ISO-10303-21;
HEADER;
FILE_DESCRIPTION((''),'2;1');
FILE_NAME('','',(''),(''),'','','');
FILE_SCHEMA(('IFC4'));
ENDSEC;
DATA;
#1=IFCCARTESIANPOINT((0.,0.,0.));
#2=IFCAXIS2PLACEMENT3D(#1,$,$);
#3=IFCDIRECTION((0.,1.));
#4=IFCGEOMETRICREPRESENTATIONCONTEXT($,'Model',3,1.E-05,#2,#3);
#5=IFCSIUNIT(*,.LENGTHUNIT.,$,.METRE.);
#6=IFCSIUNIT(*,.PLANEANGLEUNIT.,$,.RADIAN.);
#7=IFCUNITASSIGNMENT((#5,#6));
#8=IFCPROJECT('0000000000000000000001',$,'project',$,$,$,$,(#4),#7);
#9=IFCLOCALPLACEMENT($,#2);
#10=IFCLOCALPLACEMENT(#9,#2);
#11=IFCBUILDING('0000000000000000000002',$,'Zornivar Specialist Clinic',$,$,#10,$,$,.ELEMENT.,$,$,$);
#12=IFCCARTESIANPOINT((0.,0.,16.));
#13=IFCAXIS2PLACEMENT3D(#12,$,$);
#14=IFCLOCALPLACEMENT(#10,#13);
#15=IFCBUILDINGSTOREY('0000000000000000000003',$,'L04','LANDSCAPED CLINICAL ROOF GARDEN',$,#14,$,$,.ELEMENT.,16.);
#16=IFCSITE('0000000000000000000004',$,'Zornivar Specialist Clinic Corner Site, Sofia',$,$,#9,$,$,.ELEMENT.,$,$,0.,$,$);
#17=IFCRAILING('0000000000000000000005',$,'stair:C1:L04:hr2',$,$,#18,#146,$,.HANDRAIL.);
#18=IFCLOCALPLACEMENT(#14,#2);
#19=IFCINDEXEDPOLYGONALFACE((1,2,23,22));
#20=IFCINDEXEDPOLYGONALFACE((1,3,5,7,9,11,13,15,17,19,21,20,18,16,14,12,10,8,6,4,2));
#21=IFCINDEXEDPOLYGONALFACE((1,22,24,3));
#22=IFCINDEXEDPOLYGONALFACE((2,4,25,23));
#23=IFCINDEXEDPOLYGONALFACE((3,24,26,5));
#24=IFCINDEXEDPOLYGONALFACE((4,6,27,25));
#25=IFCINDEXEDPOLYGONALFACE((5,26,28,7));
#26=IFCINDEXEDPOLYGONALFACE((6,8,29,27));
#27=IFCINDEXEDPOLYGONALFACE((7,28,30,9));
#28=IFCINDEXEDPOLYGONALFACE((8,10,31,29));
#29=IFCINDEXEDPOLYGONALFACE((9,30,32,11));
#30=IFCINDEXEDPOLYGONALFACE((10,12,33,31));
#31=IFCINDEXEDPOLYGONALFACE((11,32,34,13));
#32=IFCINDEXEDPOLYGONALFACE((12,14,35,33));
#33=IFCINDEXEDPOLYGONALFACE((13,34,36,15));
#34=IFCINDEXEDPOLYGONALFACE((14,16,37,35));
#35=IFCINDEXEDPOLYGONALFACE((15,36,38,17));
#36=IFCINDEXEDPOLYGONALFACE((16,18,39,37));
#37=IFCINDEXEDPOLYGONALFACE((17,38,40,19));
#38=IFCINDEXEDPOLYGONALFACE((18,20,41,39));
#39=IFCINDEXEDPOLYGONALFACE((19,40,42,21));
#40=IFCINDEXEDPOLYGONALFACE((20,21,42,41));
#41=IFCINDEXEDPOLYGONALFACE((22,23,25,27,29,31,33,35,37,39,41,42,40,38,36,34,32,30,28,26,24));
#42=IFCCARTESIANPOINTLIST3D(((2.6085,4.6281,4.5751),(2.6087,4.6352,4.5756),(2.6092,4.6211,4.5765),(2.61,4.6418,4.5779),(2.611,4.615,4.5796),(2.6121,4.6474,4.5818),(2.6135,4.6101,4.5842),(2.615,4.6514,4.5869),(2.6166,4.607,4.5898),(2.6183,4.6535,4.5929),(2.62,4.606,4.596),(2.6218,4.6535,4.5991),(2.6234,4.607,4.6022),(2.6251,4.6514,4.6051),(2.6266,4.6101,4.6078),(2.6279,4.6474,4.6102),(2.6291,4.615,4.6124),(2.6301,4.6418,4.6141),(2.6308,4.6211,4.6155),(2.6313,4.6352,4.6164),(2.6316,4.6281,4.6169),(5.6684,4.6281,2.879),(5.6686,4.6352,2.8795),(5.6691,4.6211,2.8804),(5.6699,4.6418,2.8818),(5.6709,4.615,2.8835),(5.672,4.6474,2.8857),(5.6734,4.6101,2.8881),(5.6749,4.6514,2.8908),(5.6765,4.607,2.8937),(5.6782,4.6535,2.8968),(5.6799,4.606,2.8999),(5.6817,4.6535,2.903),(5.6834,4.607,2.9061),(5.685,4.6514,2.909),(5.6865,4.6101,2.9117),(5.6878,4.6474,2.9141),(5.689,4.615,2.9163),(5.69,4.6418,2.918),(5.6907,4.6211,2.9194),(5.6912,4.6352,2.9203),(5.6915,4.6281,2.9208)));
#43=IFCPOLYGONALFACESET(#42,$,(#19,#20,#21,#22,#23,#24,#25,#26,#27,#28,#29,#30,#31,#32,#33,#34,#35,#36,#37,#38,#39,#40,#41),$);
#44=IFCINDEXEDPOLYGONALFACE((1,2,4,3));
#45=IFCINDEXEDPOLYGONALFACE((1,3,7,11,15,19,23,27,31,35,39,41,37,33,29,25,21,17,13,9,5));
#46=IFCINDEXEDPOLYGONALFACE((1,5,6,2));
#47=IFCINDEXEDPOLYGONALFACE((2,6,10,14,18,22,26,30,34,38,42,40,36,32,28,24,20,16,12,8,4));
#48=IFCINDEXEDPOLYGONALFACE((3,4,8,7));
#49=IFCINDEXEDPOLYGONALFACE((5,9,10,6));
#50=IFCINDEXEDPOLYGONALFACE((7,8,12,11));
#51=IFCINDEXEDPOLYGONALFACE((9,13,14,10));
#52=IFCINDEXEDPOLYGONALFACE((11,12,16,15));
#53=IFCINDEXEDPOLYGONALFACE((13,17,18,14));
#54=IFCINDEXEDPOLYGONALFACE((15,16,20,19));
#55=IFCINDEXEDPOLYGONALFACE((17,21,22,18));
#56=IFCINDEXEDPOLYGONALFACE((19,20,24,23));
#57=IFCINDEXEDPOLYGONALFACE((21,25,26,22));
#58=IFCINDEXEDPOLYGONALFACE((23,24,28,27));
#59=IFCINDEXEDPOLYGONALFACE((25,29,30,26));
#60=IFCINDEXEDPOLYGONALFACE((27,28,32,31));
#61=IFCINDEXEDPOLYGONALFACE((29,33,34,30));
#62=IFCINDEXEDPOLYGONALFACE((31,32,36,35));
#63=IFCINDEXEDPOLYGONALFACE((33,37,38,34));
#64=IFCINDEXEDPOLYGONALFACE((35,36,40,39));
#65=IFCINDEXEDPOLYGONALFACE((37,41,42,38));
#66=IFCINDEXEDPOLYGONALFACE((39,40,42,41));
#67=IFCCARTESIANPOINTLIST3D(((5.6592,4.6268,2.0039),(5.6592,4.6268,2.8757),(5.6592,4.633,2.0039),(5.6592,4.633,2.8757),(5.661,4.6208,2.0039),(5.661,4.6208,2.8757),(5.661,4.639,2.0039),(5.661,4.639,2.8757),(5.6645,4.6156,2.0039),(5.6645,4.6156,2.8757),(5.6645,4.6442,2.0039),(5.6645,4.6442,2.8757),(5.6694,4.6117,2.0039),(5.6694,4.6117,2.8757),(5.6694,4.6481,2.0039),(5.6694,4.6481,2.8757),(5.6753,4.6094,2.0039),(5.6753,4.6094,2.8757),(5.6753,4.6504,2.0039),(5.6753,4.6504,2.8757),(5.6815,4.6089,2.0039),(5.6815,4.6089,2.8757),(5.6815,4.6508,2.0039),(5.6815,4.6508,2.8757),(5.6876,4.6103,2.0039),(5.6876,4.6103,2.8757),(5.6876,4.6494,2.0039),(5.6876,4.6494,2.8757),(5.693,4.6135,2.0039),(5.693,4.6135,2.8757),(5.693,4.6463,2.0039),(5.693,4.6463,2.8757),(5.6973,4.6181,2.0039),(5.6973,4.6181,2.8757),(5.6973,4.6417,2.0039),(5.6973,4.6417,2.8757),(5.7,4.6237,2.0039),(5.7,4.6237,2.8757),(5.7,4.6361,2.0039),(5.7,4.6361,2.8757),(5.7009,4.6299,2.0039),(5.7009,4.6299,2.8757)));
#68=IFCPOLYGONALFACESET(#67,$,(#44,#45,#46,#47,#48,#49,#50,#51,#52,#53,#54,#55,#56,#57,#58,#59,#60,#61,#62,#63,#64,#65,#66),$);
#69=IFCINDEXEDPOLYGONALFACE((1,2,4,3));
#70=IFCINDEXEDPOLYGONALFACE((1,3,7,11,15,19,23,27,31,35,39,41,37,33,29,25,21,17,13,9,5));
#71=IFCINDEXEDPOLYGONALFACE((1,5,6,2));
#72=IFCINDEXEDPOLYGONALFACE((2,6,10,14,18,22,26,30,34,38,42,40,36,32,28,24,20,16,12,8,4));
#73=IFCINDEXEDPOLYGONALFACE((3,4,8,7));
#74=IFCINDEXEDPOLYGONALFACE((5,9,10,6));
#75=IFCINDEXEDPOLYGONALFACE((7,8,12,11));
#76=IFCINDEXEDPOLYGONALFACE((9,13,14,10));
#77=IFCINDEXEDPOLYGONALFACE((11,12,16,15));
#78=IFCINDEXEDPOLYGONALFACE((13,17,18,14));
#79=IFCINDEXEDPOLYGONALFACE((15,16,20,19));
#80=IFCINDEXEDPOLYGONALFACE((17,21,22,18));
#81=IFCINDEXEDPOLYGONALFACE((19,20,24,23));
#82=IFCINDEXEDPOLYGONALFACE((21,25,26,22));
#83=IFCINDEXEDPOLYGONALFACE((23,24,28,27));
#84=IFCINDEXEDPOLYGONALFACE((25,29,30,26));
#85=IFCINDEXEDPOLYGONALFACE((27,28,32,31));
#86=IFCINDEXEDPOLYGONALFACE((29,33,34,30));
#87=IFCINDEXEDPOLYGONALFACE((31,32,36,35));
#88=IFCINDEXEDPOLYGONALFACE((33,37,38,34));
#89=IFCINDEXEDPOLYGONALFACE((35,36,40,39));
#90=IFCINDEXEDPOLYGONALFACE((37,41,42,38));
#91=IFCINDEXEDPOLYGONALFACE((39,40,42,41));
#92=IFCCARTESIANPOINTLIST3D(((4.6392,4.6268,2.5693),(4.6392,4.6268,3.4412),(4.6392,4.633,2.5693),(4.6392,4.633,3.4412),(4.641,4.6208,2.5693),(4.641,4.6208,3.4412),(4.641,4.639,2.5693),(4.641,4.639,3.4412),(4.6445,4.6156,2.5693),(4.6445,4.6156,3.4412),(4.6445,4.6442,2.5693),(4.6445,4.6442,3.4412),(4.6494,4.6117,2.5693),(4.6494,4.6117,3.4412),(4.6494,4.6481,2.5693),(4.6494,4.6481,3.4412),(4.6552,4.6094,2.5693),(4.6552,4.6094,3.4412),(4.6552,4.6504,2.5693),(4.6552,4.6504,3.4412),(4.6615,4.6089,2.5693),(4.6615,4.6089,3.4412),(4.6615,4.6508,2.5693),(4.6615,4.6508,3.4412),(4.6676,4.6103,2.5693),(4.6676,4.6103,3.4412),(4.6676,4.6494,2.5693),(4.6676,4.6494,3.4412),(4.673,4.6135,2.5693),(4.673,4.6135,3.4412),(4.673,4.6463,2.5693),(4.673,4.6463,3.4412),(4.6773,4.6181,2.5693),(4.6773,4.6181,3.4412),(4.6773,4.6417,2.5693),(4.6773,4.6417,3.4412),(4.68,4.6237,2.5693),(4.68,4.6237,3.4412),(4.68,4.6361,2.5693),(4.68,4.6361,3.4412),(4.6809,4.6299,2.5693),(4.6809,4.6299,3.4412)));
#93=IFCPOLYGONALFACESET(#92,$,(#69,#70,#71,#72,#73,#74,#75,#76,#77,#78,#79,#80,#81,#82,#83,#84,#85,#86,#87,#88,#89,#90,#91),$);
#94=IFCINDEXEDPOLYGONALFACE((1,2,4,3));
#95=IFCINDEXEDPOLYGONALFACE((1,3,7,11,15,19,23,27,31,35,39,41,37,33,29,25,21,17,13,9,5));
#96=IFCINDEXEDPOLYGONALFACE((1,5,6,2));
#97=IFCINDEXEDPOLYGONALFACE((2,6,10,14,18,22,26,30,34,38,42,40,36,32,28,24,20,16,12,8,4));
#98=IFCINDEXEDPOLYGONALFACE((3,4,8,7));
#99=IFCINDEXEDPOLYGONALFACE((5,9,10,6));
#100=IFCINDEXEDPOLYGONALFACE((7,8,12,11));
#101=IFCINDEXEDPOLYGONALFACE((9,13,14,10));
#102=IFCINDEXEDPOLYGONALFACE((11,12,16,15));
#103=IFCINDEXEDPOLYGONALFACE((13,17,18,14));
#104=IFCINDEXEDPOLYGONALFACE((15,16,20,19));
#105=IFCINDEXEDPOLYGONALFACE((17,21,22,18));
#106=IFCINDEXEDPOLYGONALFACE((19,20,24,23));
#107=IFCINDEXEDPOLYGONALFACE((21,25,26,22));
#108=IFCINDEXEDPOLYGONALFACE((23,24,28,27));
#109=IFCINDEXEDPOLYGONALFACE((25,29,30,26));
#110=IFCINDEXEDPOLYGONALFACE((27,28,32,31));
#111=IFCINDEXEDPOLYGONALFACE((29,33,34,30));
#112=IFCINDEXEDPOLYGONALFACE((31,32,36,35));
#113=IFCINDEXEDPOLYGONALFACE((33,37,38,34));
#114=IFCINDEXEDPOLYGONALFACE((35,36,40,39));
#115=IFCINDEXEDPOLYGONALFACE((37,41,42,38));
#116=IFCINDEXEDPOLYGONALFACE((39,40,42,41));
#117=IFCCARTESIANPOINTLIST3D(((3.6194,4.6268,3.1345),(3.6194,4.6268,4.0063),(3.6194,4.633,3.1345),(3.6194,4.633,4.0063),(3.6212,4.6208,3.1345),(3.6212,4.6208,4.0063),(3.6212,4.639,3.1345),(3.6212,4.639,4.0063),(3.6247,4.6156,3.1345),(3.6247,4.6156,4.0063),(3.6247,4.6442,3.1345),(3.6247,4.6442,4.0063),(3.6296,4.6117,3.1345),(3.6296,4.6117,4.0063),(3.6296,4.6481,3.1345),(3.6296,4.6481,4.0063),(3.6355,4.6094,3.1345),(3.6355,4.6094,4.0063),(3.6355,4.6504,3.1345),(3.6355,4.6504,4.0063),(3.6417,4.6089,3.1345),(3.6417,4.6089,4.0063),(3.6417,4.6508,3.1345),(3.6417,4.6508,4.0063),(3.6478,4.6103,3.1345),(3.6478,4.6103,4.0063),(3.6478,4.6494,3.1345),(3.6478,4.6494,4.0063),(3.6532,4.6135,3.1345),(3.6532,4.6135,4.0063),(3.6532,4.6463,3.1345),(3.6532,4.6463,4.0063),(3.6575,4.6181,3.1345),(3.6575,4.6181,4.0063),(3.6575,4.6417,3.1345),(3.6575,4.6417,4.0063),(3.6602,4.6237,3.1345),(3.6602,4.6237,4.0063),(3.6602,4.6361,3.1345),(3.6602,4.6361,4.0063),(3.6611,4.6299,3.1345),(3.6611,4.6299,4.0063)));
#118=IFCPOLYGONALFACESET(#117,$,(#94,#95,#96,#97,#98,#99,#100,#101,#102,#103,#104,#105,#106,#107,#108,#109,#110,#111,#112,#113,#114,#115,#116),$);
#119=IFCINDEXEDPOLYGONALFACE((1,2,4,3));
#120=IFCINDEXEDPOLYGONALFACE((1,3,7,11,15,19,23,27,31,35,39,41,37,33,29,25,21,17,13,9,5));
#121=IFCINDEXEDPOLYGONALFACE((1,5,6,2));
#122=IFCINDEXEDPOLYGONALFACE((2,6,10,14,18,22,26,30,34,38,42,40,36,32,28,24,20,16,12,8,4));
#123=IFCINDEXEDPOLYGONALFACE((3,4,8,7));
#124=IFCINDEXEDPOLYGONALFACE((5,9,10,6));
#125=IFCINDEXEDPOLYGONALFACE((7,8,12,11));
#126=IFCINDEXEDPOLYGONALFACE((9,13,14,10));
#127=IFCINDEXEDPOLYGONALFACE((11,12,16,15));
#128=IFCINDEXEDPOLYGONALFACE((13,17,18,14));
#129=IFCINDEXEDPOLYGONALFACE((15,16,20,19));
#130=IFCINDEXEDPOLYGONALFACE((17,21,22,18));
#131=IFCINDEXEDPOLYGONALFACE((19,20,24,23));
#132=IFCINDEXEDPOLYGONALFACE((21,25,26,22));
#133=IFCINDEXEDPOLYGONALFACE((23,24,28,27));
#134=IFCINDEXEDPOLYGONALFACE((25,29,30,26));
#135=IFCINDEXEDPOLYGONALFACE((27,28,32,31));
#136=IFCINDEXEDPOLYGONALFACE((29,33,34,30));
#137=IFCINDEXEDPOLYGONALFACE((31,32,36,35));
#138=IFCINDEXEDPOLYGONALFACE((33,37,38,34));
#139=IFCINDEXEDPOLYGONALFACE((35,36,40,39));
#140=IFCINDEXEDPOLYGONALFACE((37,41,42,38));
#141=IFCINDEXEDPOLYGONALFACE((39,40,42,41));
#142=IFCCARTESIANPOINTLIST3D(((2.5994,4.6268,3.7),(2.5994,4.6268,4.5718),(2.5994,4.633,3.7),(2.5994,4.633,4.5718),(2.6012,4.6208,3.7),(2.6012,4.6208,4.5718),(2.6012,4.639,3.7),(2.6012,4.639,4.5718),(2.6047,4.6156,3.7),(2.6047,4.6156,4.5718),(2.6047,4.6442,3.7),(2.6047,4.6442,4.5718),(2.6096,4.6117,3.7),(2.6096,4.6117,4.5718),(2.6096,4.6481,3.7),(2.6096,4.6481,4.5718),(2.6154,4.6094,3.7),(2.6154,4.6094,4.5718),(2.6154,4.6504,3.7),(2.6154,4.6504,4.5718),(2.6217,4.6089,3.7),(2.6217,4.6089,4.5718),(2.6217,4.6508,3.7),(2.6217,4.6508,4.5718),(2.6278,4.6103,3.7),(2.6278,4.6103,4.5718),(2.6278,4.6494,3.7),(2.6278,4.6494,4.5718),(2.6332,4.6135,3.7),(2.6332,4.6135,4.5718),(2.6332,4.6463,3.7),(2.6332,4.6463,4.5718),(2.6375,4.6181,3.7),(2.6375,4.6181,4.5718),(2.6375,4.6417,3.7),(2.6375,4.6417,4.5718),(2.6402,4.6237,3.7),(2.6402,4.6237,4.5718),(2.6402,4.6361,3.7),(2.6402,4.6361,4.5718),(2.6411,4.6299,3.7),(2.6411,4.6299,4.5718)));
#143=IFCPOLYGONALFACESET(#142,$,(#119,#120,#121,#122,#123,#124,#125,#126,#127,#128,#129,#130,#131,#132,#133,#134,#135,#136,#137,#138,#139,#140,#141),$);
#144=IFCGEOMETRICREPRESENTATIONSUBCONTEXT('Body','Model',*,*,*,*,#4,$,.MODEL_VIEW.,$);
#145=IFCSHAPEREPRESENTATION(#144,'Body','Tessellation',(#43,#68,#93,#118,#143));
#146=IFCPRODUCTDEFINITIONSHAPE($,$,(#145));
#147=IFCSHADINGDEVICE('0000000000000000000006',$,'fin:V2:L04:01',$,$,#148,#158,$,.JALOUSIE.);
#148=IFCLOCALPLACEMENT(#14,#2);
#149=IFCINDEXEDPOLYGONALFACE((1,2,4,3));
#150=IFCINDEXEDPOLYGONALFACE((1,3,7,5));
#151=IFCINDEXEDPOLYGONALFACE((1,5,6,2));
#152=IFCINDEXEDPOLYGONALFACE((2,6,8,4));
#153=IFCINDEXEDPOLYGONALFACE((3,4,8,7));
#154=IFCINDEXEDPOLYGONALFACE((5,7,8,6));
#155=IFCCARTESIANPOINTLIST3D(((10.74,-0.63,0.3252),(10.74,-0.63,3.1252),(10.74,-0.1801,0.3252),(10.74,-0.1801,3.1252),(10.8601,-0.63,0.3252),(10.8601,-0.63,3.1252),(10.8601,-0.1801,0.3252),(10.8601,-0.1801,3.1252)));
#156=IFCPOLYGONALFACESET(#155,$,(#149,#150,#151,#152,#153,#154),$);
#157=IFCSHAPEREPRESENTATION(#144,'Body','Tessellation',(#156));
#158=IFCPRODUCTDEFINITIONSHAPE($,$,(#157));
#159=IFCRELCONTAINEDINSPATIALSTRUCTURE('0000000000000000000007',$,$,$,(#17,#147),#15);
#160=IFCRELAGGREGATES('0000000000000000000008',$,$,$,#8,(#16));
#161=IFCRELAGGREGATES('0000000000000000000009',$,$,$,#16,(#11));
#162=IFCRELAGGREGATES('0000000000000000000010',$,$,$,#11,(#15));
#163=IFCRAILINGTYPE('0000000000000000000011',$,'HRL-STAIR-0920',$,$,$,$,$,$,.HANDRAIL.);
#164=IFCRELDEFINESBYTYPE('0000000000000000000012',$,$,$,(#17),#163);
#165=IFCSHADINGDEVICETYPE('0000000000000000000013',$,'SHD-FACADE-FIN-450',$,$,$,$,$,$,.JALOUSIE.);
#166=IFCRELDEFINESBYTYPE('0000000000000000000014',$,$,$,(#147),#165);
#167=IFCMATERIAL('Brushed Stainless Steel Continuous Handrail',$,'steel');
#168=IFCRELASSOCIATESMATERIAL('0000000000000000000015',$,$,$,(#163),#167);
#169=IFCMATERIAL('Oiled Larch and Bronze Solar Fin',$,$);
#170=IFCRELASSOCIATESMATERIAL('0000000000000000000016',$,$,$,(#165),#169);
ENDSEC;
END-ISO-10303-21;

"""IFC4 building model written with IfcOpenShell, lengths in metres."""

from ifc_helpers import new_model, si_unit, direction, frame, origin, origin_2d, place, context, subcontext, project, spatial, rectangle, circle, extrude, material, type_object, element, save


model = new_model("IFC4")

# Units and contexts
model_context = context("Model", 3, precision=1e-05, world=origin(), true_north=direction((0.0, 1.0)))
body_context = subcontext(model_context, "Body", "Model", "MODEL_VIEW")
ifc_project = project(units=[si_unit("LENGTHUNIT", "METRE"), si_unit("PLANEANGLEUNIT", "RADIAN")], contexts=[model_context])

# Site, building, storey
site_placement = place(None, origin())
site = spatial("IfcSite", under=ifc_project, at=site_placement, Name="Zornivar Specialist Clinic Corner Site, Sofia", CompositionType="ELEMENT", RefElevation=0.0)
building_placement = place(site_placement, origin())
building = spatial("IfcBuilding", under=site, at=building_placement, Name="Zornivar Specialist Clinic", CompositionType="ELEMENT")
storey_placement = place(building_placement, frame((0.0, 0.0, 16.0)))
storey = spatial("IfcBuildingStorey", under=building, at=storey_placement, Name="L04", Description="LANDSCAPED CLINICAL ROOF GARDEN", CompositionType="ELEMENT", Elevation=16.0)

# Railing
ifc_material_1 = material(Name="Brushed Stainless Steel Continuous Handrail", Category="steel")
railing_type_1 = type_object("IfcRailingType", Name="HRL-STAIR-0920", PredefinedType="HANDRAIL", material=ifc_material_1)
railing_1_placement = place(storey_placement, frame((5.6799, 4.6299, 2.0039)))
element("IfcRailing", 1, at=railing_1_placement, inside=storey, type_object=railing_type_1, Name="stair:C1:L04:hr2", PredefinedType="HANDRAIL", context=body_context, shape_type="SweptSolid", body=[
    extrude(circle(Radius=0.0239, at=origin_2d()), frame((0.0, 0.0, 0.896), z_axis=(-0.874624, 0.0, 0.484801), x_axis=(0.0, -1.0, 0.0)), (0.0, 0.0, 1.0), 3.4985),
    extrude(circle(Radius=0.021, at=origin_2d()), origin(), (0.0, 0.0, 1.0), 0.8718),
    extrude(circle(Radius=0.021, at=origin_2d()), frame((-1.02, 0.0, 0.5654)), (0.0, 0.0, 1.0), 0.8718),
    extrude(circle(Radius=0.021, at=origin_2d()), frame((-2.0398, 0.0, 1.1306)), (0.0, 0.0, 1.0), 0.8718),
    extrude(circle(Radius=0.021, at=origin_2d()), frame((-3.0598, 0.0, 1.696)), (0.0, 0.0, 1.0), 0.8718),
])

# Shading device
ifc_material_2 = material(Name="Oiled Larch and Bronze Solar Fin")
shading_device_type = type_object("IfcShadingDeviceType", Name="SHD-FACADE-FIN-450", PredefinedType="JALOUSIE", material=ifc_material_2)
shading_device_placement = place(storey_placement, frame((10.8, -0.405, 0.3252), z_axis=(0.0, 0.0, 1.0), x_axis=(1.0, 0.0, 0.0)))
element("IfcShadingDevice", 2, at=shading_device_placement, inside=storey, type_object=shading_device_type, Name="fin:V2:L04:01", PredefinedType="JALOUSIE", context=body_context, shape_type="SweptSolid", body=[
    extrude(rectangle(XDim=0.1201, YDim=0.45, at=origin_2d()), origin(), (0.0, 0.0, 1.0), 2.8),
])

save(model, "model.ifc")
